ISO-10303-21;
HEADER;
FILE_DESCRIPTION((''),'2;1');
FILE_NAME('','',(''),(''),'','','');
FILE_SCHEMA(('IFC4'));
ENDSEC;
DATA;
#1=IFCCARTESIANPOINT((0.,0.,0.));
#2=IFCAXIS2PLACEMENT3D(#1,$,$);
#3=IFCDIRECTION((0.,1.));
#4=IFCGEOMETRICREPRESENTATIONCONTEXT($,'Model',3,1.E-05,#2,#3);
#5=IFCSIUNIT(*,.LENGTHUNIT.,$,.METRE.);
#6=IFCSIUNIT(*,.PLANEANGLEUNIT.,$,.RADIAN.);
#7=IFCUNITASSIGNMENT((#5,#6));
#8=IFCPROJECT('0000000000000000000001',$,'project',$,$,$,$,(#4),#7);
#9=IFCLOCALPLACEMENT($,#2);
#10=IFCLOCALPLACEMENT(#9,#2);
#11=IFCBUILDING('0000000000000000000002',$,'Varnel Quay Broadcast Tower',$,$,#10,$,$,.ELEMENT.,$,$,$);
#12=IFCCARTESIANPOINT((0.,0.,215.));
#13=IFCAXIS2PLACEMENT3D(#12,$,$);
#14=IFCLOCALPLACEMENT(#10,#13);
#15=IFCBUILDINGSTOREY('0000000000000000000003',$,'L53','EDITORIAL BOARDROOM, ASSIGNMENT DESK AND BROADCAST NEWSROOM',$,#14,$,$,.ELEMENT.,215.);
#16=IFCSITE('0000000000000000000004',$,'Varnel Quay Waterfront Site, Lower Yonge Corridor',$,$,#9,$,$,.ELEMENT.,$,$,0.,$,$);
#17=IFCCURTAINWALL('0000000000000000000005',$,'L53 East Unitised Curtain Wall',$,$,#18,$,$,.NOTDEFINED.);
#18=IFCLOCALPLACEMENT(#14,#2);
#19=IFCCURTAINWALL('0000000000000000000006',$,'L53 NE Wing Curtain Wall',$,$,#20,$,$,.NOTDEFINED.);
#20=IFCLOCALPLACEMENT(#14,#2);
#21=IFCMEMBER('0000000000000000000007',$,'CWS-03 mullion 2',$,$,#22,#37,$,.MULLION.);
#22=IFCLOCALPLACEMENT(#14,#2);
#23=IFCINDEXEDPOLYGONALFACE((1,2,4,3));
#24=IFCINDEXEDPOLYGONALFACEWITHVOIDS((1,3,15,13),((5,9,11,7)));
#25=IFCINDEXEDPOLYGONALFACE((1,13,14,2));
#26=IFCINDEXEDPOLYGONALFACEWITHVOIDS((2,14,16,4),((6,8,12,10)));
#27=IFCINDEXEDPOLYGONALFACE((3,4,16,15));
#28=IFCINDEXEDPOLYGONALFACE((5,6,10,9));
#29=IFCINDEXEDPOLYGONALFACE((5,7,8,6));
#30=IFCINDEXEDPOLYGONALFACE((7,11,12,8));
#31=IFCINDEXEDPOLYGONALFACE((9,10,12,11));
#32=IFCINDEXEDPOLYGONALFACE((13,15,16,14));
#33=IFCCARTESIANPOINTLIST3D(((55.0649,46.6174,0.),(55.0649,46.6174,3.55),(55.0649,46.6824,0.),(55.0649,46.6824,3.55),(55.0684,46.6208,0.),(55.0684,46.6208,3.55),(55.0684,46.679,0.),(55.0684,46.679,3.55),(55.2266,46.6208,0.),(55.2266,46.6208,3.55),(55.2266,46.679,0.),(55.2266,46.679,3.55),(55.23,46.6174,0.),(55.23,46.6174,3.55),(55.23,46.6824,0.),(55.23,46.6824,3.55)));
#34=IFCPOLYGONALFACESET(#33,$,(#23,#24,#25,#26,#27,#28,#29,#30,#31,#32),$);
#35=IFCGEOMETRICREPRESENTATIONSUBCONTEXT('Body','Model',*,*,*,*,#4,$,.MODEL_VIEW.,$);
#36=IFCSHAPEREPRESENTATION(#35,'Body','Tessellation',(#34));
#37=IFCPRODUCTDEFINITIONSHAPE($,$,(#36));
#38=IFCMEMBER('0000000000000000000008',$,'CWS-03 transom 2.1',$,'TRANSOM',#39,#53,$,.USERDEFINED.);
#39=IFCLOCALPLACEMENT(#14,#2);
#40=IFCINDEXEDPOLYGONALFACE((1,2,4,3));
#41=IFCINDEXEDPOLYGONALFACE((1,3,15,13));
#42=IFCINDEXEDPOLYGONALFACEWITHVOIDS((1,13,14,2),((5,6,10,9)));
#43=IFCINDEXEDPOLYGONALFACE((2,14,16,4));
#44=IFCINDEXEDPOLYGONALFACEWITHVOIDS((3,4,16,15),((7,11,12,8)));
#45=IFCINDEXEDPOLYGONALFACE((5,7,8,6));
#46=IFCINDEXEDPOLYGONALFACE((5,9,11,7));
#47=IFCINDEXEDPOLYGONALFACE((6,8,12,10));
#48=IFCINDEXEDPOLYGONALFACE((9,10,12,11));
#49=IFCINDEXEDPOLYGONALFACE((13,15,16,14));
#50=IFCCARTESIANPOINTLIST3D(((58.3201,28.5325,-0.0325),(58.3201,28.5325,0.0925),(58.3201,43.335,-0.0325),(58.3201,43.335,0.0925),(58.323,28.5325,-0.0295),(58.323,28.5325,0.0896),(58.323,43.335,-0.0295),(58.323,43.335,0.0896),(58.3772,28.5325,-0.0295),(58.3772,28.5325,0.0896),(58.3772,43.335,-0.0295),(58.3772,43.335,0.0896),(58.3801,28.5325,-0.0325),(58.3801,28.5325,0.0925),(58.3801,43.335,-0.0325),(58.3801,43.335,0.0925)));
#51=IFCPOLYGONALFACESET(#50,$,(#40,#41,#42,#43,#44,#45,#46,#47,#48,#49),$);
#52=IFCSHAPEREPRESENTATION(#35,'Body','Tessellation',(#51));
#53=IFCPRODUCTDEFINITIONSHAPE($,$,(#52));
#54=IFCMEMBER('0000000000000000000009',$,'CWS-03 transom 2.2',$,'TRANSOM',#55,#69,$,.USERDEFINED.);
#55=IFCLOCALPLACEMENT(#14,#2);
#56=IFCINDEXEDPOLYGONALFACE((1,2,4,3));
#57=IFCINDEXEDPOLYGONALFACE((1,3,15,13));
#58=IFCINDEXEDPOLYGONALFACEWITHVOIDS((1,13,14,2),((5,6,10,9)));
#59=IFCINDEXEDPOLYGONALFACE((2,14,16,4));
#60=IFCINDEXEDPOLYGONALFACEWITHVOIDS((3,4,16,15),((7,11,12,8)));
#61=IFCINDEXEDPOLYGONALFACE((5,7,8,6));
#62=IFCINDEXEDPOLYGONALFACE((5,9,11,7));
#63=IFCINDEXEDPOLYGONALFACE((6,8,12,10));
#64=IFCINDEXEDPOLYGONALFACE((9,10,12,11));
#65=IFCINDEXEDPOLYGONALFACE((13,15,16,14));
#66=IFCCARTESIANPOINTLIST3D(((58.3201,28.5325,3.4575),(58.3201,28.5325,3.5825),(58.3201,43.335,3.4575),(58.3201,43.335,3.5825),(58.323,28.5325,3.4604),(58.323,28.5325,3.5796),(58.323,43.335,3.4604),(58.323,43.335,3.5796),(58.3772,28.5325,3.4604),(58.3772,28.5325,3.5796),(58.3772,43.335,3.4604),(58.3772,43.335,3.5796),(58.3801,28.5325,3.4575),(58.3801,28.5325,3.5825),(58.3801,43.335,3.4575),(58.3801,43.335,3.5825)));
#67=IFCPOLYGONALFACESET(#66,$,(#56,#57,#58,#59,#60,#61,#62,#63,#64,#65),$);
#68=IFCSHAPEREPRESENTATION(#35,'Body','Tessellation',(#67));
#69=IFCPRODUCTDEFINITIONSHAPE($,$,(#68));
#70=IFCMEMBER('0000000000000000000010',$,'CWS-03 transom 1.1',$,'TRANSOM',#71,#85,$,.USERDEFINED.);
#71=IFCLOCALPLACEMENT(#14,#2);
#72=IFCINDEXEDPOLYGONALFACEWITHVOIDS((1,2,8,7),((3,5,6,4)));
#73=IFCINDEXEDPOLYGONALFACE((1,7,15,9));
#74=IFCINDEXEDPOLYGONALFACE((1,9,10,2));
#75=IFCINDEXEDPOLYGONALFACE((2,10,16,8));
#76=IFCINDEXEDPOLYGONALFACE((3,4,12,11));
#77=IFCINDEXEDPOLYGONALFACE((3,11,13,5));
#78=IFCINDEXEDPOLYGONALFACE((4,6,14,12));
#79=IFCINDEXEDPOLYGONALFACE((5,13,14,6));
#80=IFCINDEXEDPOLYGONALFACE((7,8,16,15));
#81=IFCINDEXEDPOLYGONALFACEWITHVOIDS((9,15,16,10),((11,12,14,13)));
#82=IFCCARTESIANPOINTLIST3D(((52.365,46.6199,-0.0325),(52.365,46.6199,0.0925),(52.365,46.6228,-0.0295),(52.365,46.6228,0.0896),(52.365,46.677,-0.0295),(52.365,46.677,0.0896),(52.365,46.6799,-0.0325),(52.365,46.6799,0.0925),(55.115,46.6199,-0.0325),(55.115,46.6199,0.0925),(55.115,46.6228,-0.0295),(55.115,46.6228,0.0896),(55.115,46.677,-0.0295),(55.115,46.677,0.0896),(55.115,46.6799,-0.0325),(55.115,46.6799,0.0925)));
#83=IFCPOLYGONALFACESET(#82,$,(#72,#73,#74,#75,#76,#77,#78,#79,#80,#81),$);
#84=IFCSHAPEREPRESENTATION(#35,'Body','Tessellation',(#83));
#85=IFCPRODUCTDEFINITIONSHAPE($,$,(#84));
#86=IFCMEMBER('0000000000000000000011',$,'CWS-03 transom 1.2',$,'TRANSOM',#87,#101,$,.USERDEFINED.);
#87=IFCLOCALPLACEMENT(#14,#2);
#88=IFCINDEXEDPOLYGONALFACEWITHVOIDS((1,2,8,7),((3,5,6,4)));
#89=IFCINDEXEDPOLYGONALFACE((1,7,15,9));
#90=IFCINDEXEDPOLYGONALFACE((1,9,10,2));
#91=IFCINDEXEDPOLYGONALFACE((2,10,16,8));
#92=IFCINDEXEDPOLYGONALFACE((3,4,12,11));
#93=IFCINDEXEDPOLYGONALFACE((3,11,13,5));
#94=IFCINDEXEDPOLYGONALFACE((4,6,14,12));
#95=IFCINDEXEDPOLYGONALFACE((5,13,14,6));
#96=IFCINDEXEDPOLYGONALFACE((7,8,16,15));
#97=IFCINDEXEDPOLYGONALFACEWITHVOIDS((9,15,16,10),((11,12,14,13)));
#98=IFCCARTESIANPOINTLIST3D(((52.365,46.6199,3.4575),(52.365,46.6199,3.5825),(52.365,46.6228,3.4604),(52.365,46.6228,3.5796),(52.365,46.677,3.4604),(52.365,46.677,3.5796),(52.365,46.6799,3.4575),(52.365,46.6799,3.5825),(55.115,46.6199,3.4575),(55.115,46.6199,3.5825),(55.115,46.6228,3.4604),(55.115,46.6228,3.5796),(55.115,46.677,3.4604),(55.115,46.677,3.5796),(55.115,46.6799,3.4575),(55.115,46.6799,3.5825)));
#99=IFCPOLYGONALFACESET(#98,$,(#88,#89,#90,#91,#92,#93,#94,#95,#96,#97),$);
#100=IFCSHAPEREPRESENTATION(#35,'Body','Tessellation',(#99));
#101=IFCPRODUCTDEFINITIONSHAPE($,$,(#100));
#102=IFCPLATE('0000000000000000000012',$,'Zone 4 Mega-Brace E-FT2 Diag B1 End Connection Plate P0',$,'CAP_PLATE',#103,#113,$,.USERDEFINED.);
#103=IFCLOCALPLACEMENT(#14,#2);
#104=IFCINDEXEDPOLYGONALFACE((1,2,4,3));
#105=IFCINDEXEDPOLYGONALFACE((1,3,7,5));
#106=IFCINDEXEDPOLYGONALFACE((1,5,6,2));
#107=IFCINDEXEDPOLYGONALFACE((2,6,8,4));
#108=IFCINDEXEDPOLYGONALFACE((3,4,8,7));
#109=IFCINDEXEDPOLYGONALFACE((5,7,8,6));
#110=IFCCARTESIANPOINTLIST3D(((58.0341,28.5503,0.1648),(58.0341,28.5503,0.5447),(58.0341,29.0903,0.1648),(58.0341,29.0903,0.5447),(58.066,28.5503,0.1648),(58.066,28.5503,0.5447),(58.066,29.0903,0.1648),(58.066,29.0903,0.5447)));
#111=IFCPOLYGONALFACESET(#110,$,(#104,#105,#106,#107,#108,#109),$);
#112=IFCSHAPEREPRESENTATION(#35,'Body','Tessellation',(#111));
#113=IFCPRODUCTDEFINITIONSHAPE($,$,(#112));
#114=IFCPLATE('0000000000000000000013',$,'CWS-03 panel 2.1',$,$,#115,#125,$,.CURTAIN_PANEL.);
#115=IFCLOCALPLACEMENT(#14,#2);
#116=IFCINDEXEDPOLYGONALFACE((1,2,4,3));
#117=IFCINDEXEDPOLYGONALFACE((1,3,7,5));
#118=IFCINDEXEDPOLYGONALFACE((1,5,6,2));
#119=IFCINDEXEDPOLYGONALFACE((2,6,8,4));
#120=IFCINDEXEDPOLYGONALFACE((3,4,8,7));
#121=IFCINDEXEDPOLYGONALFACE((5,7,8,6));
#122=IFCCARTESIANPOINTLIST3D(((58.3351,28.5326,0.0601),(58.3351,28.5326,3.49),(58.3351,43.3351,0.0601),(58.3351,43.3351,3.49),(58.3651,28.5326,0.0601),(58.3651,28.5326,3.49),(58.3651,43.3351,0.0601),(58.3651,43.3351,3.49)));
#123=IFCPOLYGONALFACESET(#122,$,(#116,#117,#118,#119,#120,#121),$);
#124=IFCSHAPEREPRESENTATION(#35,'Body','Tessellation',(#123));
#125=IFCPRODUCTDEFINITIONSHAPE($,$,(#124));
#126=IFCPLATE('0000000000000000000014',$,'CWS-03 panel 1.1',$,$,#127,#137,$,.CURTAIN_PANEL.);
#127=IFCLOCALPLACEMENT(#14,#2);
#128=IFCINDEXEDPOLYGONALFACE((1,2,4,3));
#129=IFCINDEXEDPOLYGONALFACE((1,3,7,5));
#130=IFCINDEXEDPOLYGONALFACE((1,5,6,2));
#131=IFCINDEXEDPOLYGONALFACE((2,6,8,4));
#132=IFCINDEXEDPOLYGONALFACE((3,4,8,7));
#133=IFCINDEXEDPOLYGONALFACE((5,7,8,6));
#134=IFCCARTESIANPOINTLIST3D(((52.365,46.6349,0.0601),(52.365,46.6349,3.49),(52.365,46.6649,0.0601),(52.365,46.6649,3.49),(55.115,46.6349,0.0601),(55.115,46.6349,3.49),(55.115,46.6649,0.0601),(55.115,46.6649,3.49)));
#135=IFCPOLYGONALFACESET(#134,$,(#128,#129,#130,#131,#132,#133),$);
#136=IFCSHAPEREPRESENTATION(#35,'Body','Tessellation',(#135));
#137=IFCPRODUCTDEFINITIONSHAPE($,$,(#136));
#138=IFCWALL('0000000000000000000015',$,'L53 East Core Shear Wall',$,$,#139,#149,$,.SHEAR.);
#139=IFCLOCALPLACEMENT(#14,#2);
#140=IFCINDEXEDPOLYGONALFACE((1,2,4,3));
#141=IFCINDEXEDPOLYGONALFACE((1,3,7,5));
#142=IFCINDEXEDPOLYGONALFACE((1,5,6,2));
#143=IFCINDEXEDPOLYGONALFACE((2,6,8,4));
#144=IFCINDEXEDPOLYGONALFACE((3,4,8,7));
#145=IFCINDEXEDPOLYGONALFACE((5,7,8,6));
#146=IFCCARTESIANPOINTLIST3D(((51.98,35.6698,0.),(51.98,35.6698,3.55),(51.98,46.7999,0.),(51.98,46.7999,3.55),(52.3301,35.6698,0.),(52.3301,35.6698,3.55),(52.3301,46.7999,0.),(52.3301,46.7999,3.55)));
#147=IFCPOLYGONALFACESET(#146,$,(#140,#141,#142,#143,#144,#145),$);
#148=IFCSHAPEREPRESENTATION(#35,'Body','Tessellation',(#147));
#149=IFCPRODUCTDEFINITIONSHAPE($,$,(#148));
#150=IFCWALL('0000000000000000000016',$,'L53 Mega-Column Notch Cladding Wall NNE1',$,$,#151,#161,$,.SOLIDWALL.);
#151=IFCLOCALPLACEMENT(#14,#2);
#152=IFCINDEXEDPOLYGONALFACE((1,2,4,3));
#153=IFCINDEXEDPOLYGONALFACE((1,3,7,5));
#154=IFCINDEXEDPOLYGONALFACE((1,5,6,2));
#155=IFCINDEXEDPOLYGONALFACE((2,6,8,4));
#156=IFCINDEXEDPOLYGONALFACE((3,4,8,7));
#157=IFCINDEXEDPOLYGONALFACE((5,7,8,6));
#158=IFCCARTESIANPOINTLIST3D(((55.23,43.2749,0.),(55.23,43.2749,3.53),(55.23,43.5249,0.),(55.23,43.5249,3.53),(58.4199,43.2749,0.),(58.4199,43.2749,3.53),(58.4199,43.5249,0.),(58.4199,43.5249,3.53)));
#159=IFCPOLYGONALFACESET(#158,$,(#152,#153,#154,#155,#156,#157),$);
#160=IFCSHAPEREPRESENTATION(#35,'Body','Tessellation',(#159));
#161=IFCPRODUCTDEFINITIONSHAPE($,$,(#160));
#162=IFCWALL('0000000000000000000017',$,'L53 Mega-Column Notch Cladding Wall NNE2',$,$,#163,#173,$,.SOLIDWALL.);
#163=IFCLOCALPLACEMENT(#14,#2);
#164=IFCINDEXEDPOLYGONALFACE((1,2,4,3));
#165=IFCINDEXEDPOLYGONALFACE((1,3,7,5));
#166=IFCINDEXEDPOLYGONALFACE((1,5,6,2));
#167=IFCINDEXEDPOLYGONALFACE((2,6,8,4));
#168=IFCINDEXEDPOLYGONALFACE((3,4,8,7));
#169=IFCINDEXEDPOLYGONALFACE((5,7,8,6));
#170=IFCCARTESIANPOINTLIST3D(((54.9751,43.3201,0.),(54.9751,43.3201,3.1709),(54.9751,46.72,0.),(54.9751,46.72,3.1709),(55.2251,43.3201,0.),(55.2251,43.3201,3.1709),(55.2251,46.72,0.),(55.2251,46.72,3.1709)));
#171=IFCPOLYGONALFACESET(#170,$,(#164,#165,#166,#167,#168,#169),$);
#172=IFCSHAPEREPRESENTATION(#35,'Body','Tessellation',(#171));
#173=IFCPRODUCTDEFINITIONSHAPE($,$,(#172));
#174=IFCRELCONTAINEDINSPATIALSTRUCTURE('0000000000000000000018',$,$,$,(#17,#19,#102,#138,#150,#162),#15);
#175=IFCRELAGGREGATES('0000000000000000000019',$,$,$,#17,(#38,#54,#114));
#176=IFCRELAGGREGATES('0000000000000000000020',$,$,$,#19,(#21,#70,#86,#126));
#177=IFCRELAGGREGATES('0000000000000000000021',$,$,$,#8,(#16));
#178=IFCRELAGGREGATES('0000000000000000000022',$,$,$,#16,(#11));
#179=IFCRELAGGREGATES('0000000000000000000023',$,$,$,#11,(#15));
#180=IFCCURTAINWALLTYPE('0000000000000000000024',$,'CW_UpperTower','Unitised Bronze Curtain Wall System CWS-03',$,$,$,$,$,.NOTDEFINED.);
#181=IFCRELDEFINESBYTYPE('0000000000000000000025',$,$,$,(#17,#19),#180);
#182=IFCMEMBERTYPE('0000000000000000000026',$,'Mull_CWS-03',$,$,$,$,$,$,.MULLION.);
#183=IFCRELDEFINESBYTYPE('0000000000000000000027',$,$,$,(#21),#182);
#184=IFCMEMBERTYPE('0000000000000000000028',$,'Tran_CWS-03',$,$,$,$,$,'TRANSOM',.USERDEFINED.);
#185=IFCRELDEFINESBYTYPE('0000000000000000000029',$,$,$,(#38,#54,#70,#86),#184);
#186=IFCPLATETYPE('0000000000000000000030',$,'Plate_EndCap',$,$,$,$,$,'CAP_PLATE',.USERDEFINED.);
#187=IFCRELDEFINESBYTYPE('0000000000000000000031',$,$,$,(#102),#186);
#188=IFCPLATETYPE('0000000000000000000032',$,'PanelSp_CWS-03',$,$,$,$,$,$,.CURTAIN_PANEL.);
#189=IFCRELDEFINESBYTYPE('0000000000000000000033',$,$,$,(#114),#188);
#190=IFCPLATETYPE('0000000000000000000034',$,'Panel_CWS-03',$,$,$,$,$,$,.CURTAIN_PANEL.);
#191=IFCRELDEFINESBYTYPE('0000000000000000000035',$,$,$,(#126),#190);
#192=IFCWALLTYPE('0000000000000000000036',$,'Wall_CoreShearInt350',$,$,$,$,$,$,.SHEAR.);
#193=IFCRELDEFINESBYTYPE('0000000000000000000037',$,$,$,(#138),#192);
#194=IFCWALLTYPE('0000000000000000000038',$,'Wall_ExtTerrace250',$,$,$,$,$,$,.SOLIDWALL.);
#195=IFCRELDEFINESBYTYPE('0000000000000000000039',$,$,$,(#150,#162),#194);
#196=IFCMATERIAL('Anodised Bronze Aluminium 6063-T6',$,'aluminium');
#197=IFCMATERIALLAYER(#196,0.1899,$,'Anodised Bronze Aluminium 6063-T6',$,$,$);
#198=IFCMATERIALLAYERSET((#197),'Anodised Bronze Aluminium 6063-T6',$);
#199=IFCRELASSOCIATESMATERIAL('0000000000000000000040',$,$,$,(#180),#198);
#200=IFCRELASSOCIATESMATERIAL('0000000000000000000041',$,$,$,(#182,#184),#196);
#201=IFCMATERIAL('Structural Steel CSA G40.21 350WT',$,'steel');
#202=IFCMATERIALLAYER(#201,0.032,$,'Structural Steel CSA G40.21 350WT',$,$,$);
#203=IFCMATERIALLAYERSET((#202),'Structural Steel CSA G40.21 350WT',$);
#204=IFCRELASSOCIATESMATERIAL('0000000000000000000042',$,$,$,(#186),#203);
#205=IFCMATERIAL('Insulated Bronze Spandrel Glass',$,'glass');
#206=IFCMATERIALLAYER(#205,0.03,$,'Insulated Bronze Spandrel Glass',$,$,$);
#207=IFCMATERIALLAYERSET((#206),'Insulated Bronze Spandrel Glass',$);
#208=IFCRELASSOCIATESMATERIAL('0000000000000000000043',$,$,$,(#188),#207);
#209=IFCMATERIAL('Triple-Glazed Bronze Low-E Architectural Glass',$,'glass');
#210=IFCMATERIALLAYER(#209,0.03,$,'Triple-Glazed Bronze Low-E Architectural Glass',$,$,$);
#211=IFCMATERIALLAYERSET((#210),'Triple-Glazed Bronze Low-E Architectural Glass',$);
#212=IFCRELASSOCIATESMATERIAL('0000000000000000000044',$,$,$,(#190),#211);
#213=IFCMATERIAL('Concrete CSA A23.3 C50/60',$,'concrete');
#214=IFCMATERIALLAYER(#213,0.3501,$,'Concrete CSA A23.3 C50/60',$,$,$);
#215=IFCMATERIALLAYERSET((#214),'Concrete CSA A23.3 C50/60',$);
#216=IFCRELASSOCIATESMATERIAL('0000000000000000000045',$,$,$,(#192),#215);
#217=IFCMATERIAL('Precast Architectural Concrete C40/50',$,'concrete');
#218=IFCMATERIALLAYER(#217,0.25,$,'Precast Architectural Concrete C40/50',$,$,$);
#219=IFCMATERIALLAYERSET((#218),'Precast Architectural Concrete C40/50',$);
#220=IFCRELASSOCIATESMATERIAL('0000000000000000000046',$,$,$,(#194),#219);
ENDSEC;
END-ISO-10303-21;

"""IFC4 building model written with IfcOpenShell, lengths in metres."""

from ifc_helpers import new_model, si_unit, direction, frame, frame_2d, origin, origin_2d, place, context, subcontext, project, spatial, rectangle, hollow_rectangle, extrude, source, transform, mapped, material, layer, layer_set, material_profile, profile_set, type_object, type_shapes, element, aggregate, save


model = new_model("IFC4")

# Units and contexts
model_context = context("Model", 3, precision=1e-05, world=origin(), true_north=direction((0.0, 1.0)))
body_context = subcontext(model_context, "Body", "Model", "MODEL_VIEW")
ifc_project = project(units=[si_unit("LENGTHUNIT", "METRE"), si_unit("PLANEANGLEUNIT", "RADIAN")], contexts=[model_context])

# Site, building, storey
site_placement = place(None, origin())
site = spatial("IfcSite", under=ifc_project, at=site_placement, Name="Varnel Quay Waterfront Site, Lower Yonge Corridor", CompositionType="ELEMENT", RefElevation=0.0)
building_placement = place(site_placement, origin())
building = spatial("IfcBuilding", under=site, at=building_placement, Name="Varnel Quay Broadcast Tower", CompositionType="ELEMENT")
storey_placement = place(building_placement, frame((0.0, 0.0, 215.0)))
storey = spatial("IfcBuildingStorey", under=building, at=storey_placement, Name="L53", Description="EDITORIAL BOARDROOM, ASSIGNMENT DESK AND BROADCAST NEWSROOM", CompositionType="ELEMENT", Elevation=215.0)

# Shared definitions
ifc_material_1 = material(Name="Structural Steel CSA G40.21 350WT", Category="steel")

# Curtain walls, member
ifc_material_2 = material(Name="Anodised Bronze Aluminium 6063-T6", Category="aluminium")
ifc_layer_1 = layer(ifc_material_2, 0.1899, Name="Anodised Bronze Aluminium 6063-T6")
ifc_layer_set_1 = layer_set([ifc_layer_1], Name="Anodised Bronze Aluminium 6063-T6")
curtain_wall_type = type_object("IfcCurtainWallType", Name="CW_UpperTower", Description="Unitised Bronze Curtain Wall System CWS-03", PredefinedType="NOTDEFINED", material=ifc_layer_set_1)
curtain_wall_1_placement = place(storey_placement, origin())
curtain_wall_1 = element("IfcCurtainWall", 1, at=curtain_wall_1_placement, inside=storey, type_object=curtain_wall_type, Name="L53 East Unitised Curtain Wall", PredefinedType="NOTDEFINED")
ifc_material_profile_1 = material_profile(ifc_material_2, hollow_rectangle(XDim=0.0649, YDim=0.165, WallThickness=0.0034, at=origin_2d()), Name="ALU65X165X3.5")
ifc_profile_set_1 = profile_set([ifc_material_profile_1], Name="Anodised Bronze Aluminium 6063-T6")
member_type_1 = type_object("IfcMemberType", Name="Mull_CWS-03", PredefinedType="MULLION", material=ifc_profile_set_1)
shared_shape_1 = source(origin(), body_context, "Body", "SweptSolid", [
    extrude(hollow_rectangle(XDim=0.0649, YDim=0.165, WallThickness=0.0034, at=origin_2d()), origin(), (0.0, 0.0, 1.0), 3.55),
])
type_shapes(member_type_1, [shared_shape_1])
curtain_wall_2_placement = place(storey_placement, origin())
curtain_wall_2 = element("IfcCurtainWall", 2, at=curtain_wall_2_placement, inside=storey, type_object=curtain_wall_type, Name="L53 NE Wing Curtain Wall", PredefinedType="NOTDEFINED")
member_1_placement = place(storey_placement, frame((55.1475, 46.6499, 0.0), z_axis=(0.0, 0.0, 1.0), x_axis=(0.0, 1.0, 0.0)))
member_1 = element("IfcMember", 3, at=member_1_placement, type_object=member_type_1, Name="CWS-03 mullion 2", PredefinedType="MULLION", context=body_context, shape_type="MappedRepresentation", body=[
    mapped(shared_shape_1, transform((0.0, 0.0, 0.0), x_axis=(1.0, 0.0, 0.0), y_axis=(0.0, 1.0, 0.0), z_axis=(0.0, 0.0, 1.0), scale=1.0)),
])

# Members
ifc_material_profile_2 = material_profile(ifc_material_2, hollow_rectangle(XDim=0.0601, YDim=0.125, WallThickness=0.0029, at=origin_2d()), Name="ALU60X125X3")
ifc_profile_set_2 = profile_set([ifc_material_profile_2], Name="Anodised Bronze Aluminium 6063-T6")
member_type_2 = type_object("IfcMemberType", Name="Tran_CWS-03", ElementType="TRANSOM", PredefinedType="USERDEFINED", material=ifc_profile_set_2)
shared_shape_2 = source(origin(), body_context, "Body", "SweptSolid", [
    extrude(hollow_rectangle(XDim=0.0601, YDim=0.125, WallThickness=0.0029, at=origin_2d()), origin(), (0.0, 0.0, 1.0), 14.8025),
])
member_2_placement = place(storey_placement, frame((58.3501, 28.5325, 0.03), z_axis=(0.0, 1.0, 0.0), x_axis=(-1.0, 0.0, 0.0)))
member_2 = element("IfcMember", 4, at=member_2_placement, type_object=member_type_2, Name="CWS-03 transom 2.1", ObjectType="TRANSOM", PredefinedType="USERDEFINED", context=body_context, shape_type="MappedRepresentation", body=[
    mapped(shared_shape_2, transform((0.0, 0.0, 0.0), x_axis=(1.0, 0.0, 0.0), y_axis=(0.0, 1.0, 0.0), z_axis=(0.0, 0.0, 1.0), scale=1.0)),
])
member_3_placement = place(storey_placement, frame((58.3501, 28.5325, 3.52), z_axis=(0.0, 1.0, 0.0), x_axis=(-1.0, 0.0, 0.0)))
member_3 = element("IfcMember", 5, at=member_3_placement, type_object=member_type_2, Name="CWS-03 transom 2.2", ObjectType="TRANSOM", PredefinedType="USERDEFINED", context=body_context, shape_type="MappedRepresentation", body=[
    mapped(shared_shape_2, transform((0.0, 0.0, 0.0), x_axis=(1.0, 0.0, 0.0), y_axis=(0.0, 1.0, 0.0), z_axis=(0.0, 0.0, 1.0), scale=1.0)),
])
shared_shape_3 = source(origin(), body_context, "Body", "SweptSolid", [
    extrude(hollow_rectangle(XDim=0.0601, YDim=0.125, WallThickness=0.0029, at=origin_2d()), origin(), (0.0, 0.0, 1.0), 2.75),
])
type_shapes(member_type_2, [shared_shape_2, shared_shape_3])
member_4_placement = place(storey_placement, frame((52.365, 46.6499, 0.03), z_axis=(1.0, 0.0, 0.0), x_axis=(0.0, 1.0, 0.0)))
member_4 = element("IfcMember", 6, at=member_4_placement, type_object=member_type_2, Name="CWS-03 transom 1.1", ObjectType="TRANSOM", PredefinedType="USERDEFINED", context=body_context, shape_type="MappedRepresentation", body=[
    mapped(shared_shape_3, transform((0.0, 0.0, 0.0), x_axis=(1.0, 0.0, 0.0), y_axis=(0.0, 1.0, 0.0), z_axis=(0.0, 0.0, 1.0), scale=1.0)),
])
member_5_placement = place(storey_placement, frame((52.365, 46.6499, 3.52), z_axis=(1.0, 0.0, 0.0), x_axis=(0.0, 1.0, 0.0)))
member_5 = element("IfcMember", 7, at=member_5_placement, type_object=member_type_2, Name="CWS-03 transom 1.2", ObjectType="TRANSOM", PredefinedType="USERDEFINED", context=body_context, shape_type="MappedRepresentation", body=[
    mapped(shared_shape_3, transform((0.0, 0.0, 0.0), x_axis=(1.0, 0.0, 0.0), y_axis=(0.0, 1.0, 0.0), z_axis=(0.0, 0.0, 1.0), scale=1.0)),
])

# Plates
ifc_layer_2 = layer(ifc_material_1, 0.032, Name="Structural Steel CSA G40.21 350WT")
ifc_layer_set_2 = layer_set([ifc_layer_2], Name="Structural Steel CSA G40.21 350WT")
plate_type_1 = type_object("IfcPlateType", Name="Plate_EndCap", ElementType="CAP_PLATE", PredefinedType="USERDEFINED", material=ifc_layer_set_2)
shared_shape_4 = source(origin(), body_context, "Body", "SweptSolid", [
    extrude(rectangle(XDim=0.54, YDim=0.032, at=origin_2d()), origin(), (0.0, 0.0, 1.0), 0.3799),
])
type_shapes(plate_type_1, [shared_shape_4])
plate_1_placement = place(storey_placement, frame((58.05, 28.8203, 0.1648), z_axis=(0.0, 0.0, 1.0), x_axis=(0.0, 1.0, 0.0)))
element("IfcPlate", 8, at=plate_1_placement, inside=storey, type_object=plate_type_1, Name="Zone 4 Mega-Brace E-FT2 Diag B1 End Connection Plate P0", ObjectType="CAP_PLATE", PredefinedType="USERDEFINED", context=body_context, shape_type="MappedRepresentation", body=[
    mapped(shared_shape_4, transform((0.0, 0.0, 0.0), x_axis=(1.0, 0.0, 0.0), y_axis=(0.0, 1.0, 0.0), z_axis=(0.0, 0.0, 1.0), scale=1.0)),
])
ifc_material_3 = material(Name="Insulated Bronze Spandrel Glass", Category="glass")
ifc_layer_3 = layer(ifc_material_3, 0.03, Name="Insulated Bronze Spandrel Glass")
ifc_layer_set_3 = layer_set([ifc_layer_3], Name="Insulated Bronze Spandrel Glass")
plate_type_2 = type_object("IfcPlateType", Name="PanelSp_CWS-03", PredefinedType="CURTAIN_PANEL", material=ifc_layer_set_3)
shared_shape_5 = source(origin(), body_context, "Body", "SweptSolid", [
    extrude(rectangle(XDim=14.8025, YDim=0.03, at=origin_2d()), origin(), (0.0, 0.0, 1.0), 3.4299),
])
type_shapes(plate_type_2, [shared_shape_5])
plate_2_placement = place(storey_placement, frame((58.3501, 35.9338, 0.0601), z_axis=(0.0, 0.0, 1.0), x_axis=(0.0, 1.0, 0.0)))
plate_2 = element("IfcPlate", 9, at=plate_2_placement, type_object=plate_type_2, Name="CWS-03 panel 2.1", PredefinedType="CURTAIN_PANEL", context=body_context, shape_type="MappedRepresentation", body=[
    mapped(shared_shape_5, transform((0.0, 0.0, 0.0), x_axis=(1.0, 0.0, 0.0), y_axis=(0.0, 1.0, 0.0), z_axis=(0.0, 0.0, 1.0), scale=1.0)),
])
aggregate(curtain_wall_1, [member_2, member_3, plate_2])
ifc_material_4 = material(Name="Triple-Glazed Bronze Low-E Architectural Glass", Category="glass")
ifc_layer_4 = layer(ifc_material_4, 0.03, Name="Triple-Glazed Bronze Low-E Architectural Glass")
ifc_layer_set_4 = layer_set([ifc_layer_4], Name="Triple-Glazed Bronze Low-E Architectural Glass")
plate_type_3 = type_object("IfcPlateType", Name="Panel_CWS-03", PredefinedType="CURTAIN_PANEL", material=ifc_layer_set_4)
shared_shape_6 = source(origin(), body_context, "Body", "SweptSolid", [
    extrude(rectangle(XDim=2.75, YDim=0.03, at=origin_2d()), origin(), (0.0, 0.0, 1.0), 3.4299),
])
type_shapes(plate_type_3, [shared_shape_6])
plate_3_placement = place(storey_placement, frame((53.74, 46.6499, 0.0601), z_axis=(0.0, 0.0, 1.0), x_axis=(1.0, 0.0, 0.0)))
plate_3 = element("IfcPlate", 10, at=plate_3_placement, type_object=plate_type_3, Name="CWS-03 panel 1.1", PredefinedType="CURTAIN_PANEL", context=body_context, shape_type="MappedRepresentation", body=[
    mapped(shared_shape_6, transform((0.0, 0.0, 0.0), x_axis=(1.0, 0.0, 0.0), y_axis=(0.0, 1.0, 0.0), z_axis=(0.0, 0.0, 1.0), scale=1.0)),
])
aggregate(curtain_wall_2, [member_1, member_4, member_5, plate_3])

# Walls
ifc_material_5 = material(Name="Concrete CSA A23.3 C50/60", Category="concrete")
ifc_layer_5 = layer(ifc_material_5, 0.3501, Name="Concrete CSA A23.3 C50/60")
ifc_layer_set_5 = layer_set([ifc_layer_5], Name="Concrete CSA A23.3 C50/60")
wall_type_1 = type_object("IfcWallType", Name="Wall_CoreShearInt350", PredefinedType="SHEAR", material=ifc_layer_set_5)
wall_1_placement = place(storey_placement, frame((52.155, 35.6699, 0.0), z_axis=(0.0, 0.0, 1.0), x_axis=(0.0, 1.0, 0.0)))
element("IfcWall", 11, at=wall_1_placement, inside=storey, type_object=wall_type_1, Name="L53 East Core Shear Wall", PredefinedType="SHEAR", context=body_context, shape_type="SweptSolid", body=[
    extrude(rectangle(XDim=11.1301, YDim=0.3501, at=frame_2d((5.5649, 0.0))), origin(), (0.0, 0.0, 1.0), 3.55),
])
ifc_material_6 = material(Name="Precast Architectural Concrete C40/50", Category="concrete")
ifc_layer_6 = layer(ifc_material_6, 0.25, Name="Precast Architectural Concrete C40/50")
ifc_layer_set_6 = layer_set([ifc_layer_6], Name="Precast Architectural Concrete C40/50")
wall_type_2 = type_object("IfcWallType", Name="Wall_ExtTerrace250", PredefinedType="SOLIDWALL", material=ifc_layer_set_6)
wall_2_placement = place(storey_placement, frame((55.23, 43.3999, 0.0), z_axis=(0.0, 0.0, 1.0), x_axis=(1.0, 0.0, 0.0)))
element("IfcWall", 12, at=wall_2_placement, inside=storey, type_object=wall_type_2, Name="L53 Mega-Column Notch Cladding Wall NNE1", PredefinedType="SOLIDWALL", context=body_context, shape_type="SweptSolid", body=[
    extrude(rectangle(XDim=3.1899, YDim=0.25, at=frame_2d((1.595, 0.0))), origin(), (0.0, 0.0, 1.0), 3.53),
])
wall_3_placement = place(storey_placement, frame((55.1001, 43.3201, 0.0), z_axis=(0.0, 0.0, 1.0), x_axis=(0.0, 1.0, 0.0)))
element("IfcWall", 13, at=wall_3_placement, inside=storey, type_object=wall_type_2, Name="L53 Mega-Column Notch Cladding Wall NNE2", PredefinedType="SOLIDWALL", context=body_context, shape_type="SweptSolid", body=[
    extrude(rectangle(XDim=3.3999, YDim=0.25, at=frame_2d((1.7, 0.0))), origin(), (0.0, 0.0, 1.0), 3.1709),
])

save(model, "model.ifc")
